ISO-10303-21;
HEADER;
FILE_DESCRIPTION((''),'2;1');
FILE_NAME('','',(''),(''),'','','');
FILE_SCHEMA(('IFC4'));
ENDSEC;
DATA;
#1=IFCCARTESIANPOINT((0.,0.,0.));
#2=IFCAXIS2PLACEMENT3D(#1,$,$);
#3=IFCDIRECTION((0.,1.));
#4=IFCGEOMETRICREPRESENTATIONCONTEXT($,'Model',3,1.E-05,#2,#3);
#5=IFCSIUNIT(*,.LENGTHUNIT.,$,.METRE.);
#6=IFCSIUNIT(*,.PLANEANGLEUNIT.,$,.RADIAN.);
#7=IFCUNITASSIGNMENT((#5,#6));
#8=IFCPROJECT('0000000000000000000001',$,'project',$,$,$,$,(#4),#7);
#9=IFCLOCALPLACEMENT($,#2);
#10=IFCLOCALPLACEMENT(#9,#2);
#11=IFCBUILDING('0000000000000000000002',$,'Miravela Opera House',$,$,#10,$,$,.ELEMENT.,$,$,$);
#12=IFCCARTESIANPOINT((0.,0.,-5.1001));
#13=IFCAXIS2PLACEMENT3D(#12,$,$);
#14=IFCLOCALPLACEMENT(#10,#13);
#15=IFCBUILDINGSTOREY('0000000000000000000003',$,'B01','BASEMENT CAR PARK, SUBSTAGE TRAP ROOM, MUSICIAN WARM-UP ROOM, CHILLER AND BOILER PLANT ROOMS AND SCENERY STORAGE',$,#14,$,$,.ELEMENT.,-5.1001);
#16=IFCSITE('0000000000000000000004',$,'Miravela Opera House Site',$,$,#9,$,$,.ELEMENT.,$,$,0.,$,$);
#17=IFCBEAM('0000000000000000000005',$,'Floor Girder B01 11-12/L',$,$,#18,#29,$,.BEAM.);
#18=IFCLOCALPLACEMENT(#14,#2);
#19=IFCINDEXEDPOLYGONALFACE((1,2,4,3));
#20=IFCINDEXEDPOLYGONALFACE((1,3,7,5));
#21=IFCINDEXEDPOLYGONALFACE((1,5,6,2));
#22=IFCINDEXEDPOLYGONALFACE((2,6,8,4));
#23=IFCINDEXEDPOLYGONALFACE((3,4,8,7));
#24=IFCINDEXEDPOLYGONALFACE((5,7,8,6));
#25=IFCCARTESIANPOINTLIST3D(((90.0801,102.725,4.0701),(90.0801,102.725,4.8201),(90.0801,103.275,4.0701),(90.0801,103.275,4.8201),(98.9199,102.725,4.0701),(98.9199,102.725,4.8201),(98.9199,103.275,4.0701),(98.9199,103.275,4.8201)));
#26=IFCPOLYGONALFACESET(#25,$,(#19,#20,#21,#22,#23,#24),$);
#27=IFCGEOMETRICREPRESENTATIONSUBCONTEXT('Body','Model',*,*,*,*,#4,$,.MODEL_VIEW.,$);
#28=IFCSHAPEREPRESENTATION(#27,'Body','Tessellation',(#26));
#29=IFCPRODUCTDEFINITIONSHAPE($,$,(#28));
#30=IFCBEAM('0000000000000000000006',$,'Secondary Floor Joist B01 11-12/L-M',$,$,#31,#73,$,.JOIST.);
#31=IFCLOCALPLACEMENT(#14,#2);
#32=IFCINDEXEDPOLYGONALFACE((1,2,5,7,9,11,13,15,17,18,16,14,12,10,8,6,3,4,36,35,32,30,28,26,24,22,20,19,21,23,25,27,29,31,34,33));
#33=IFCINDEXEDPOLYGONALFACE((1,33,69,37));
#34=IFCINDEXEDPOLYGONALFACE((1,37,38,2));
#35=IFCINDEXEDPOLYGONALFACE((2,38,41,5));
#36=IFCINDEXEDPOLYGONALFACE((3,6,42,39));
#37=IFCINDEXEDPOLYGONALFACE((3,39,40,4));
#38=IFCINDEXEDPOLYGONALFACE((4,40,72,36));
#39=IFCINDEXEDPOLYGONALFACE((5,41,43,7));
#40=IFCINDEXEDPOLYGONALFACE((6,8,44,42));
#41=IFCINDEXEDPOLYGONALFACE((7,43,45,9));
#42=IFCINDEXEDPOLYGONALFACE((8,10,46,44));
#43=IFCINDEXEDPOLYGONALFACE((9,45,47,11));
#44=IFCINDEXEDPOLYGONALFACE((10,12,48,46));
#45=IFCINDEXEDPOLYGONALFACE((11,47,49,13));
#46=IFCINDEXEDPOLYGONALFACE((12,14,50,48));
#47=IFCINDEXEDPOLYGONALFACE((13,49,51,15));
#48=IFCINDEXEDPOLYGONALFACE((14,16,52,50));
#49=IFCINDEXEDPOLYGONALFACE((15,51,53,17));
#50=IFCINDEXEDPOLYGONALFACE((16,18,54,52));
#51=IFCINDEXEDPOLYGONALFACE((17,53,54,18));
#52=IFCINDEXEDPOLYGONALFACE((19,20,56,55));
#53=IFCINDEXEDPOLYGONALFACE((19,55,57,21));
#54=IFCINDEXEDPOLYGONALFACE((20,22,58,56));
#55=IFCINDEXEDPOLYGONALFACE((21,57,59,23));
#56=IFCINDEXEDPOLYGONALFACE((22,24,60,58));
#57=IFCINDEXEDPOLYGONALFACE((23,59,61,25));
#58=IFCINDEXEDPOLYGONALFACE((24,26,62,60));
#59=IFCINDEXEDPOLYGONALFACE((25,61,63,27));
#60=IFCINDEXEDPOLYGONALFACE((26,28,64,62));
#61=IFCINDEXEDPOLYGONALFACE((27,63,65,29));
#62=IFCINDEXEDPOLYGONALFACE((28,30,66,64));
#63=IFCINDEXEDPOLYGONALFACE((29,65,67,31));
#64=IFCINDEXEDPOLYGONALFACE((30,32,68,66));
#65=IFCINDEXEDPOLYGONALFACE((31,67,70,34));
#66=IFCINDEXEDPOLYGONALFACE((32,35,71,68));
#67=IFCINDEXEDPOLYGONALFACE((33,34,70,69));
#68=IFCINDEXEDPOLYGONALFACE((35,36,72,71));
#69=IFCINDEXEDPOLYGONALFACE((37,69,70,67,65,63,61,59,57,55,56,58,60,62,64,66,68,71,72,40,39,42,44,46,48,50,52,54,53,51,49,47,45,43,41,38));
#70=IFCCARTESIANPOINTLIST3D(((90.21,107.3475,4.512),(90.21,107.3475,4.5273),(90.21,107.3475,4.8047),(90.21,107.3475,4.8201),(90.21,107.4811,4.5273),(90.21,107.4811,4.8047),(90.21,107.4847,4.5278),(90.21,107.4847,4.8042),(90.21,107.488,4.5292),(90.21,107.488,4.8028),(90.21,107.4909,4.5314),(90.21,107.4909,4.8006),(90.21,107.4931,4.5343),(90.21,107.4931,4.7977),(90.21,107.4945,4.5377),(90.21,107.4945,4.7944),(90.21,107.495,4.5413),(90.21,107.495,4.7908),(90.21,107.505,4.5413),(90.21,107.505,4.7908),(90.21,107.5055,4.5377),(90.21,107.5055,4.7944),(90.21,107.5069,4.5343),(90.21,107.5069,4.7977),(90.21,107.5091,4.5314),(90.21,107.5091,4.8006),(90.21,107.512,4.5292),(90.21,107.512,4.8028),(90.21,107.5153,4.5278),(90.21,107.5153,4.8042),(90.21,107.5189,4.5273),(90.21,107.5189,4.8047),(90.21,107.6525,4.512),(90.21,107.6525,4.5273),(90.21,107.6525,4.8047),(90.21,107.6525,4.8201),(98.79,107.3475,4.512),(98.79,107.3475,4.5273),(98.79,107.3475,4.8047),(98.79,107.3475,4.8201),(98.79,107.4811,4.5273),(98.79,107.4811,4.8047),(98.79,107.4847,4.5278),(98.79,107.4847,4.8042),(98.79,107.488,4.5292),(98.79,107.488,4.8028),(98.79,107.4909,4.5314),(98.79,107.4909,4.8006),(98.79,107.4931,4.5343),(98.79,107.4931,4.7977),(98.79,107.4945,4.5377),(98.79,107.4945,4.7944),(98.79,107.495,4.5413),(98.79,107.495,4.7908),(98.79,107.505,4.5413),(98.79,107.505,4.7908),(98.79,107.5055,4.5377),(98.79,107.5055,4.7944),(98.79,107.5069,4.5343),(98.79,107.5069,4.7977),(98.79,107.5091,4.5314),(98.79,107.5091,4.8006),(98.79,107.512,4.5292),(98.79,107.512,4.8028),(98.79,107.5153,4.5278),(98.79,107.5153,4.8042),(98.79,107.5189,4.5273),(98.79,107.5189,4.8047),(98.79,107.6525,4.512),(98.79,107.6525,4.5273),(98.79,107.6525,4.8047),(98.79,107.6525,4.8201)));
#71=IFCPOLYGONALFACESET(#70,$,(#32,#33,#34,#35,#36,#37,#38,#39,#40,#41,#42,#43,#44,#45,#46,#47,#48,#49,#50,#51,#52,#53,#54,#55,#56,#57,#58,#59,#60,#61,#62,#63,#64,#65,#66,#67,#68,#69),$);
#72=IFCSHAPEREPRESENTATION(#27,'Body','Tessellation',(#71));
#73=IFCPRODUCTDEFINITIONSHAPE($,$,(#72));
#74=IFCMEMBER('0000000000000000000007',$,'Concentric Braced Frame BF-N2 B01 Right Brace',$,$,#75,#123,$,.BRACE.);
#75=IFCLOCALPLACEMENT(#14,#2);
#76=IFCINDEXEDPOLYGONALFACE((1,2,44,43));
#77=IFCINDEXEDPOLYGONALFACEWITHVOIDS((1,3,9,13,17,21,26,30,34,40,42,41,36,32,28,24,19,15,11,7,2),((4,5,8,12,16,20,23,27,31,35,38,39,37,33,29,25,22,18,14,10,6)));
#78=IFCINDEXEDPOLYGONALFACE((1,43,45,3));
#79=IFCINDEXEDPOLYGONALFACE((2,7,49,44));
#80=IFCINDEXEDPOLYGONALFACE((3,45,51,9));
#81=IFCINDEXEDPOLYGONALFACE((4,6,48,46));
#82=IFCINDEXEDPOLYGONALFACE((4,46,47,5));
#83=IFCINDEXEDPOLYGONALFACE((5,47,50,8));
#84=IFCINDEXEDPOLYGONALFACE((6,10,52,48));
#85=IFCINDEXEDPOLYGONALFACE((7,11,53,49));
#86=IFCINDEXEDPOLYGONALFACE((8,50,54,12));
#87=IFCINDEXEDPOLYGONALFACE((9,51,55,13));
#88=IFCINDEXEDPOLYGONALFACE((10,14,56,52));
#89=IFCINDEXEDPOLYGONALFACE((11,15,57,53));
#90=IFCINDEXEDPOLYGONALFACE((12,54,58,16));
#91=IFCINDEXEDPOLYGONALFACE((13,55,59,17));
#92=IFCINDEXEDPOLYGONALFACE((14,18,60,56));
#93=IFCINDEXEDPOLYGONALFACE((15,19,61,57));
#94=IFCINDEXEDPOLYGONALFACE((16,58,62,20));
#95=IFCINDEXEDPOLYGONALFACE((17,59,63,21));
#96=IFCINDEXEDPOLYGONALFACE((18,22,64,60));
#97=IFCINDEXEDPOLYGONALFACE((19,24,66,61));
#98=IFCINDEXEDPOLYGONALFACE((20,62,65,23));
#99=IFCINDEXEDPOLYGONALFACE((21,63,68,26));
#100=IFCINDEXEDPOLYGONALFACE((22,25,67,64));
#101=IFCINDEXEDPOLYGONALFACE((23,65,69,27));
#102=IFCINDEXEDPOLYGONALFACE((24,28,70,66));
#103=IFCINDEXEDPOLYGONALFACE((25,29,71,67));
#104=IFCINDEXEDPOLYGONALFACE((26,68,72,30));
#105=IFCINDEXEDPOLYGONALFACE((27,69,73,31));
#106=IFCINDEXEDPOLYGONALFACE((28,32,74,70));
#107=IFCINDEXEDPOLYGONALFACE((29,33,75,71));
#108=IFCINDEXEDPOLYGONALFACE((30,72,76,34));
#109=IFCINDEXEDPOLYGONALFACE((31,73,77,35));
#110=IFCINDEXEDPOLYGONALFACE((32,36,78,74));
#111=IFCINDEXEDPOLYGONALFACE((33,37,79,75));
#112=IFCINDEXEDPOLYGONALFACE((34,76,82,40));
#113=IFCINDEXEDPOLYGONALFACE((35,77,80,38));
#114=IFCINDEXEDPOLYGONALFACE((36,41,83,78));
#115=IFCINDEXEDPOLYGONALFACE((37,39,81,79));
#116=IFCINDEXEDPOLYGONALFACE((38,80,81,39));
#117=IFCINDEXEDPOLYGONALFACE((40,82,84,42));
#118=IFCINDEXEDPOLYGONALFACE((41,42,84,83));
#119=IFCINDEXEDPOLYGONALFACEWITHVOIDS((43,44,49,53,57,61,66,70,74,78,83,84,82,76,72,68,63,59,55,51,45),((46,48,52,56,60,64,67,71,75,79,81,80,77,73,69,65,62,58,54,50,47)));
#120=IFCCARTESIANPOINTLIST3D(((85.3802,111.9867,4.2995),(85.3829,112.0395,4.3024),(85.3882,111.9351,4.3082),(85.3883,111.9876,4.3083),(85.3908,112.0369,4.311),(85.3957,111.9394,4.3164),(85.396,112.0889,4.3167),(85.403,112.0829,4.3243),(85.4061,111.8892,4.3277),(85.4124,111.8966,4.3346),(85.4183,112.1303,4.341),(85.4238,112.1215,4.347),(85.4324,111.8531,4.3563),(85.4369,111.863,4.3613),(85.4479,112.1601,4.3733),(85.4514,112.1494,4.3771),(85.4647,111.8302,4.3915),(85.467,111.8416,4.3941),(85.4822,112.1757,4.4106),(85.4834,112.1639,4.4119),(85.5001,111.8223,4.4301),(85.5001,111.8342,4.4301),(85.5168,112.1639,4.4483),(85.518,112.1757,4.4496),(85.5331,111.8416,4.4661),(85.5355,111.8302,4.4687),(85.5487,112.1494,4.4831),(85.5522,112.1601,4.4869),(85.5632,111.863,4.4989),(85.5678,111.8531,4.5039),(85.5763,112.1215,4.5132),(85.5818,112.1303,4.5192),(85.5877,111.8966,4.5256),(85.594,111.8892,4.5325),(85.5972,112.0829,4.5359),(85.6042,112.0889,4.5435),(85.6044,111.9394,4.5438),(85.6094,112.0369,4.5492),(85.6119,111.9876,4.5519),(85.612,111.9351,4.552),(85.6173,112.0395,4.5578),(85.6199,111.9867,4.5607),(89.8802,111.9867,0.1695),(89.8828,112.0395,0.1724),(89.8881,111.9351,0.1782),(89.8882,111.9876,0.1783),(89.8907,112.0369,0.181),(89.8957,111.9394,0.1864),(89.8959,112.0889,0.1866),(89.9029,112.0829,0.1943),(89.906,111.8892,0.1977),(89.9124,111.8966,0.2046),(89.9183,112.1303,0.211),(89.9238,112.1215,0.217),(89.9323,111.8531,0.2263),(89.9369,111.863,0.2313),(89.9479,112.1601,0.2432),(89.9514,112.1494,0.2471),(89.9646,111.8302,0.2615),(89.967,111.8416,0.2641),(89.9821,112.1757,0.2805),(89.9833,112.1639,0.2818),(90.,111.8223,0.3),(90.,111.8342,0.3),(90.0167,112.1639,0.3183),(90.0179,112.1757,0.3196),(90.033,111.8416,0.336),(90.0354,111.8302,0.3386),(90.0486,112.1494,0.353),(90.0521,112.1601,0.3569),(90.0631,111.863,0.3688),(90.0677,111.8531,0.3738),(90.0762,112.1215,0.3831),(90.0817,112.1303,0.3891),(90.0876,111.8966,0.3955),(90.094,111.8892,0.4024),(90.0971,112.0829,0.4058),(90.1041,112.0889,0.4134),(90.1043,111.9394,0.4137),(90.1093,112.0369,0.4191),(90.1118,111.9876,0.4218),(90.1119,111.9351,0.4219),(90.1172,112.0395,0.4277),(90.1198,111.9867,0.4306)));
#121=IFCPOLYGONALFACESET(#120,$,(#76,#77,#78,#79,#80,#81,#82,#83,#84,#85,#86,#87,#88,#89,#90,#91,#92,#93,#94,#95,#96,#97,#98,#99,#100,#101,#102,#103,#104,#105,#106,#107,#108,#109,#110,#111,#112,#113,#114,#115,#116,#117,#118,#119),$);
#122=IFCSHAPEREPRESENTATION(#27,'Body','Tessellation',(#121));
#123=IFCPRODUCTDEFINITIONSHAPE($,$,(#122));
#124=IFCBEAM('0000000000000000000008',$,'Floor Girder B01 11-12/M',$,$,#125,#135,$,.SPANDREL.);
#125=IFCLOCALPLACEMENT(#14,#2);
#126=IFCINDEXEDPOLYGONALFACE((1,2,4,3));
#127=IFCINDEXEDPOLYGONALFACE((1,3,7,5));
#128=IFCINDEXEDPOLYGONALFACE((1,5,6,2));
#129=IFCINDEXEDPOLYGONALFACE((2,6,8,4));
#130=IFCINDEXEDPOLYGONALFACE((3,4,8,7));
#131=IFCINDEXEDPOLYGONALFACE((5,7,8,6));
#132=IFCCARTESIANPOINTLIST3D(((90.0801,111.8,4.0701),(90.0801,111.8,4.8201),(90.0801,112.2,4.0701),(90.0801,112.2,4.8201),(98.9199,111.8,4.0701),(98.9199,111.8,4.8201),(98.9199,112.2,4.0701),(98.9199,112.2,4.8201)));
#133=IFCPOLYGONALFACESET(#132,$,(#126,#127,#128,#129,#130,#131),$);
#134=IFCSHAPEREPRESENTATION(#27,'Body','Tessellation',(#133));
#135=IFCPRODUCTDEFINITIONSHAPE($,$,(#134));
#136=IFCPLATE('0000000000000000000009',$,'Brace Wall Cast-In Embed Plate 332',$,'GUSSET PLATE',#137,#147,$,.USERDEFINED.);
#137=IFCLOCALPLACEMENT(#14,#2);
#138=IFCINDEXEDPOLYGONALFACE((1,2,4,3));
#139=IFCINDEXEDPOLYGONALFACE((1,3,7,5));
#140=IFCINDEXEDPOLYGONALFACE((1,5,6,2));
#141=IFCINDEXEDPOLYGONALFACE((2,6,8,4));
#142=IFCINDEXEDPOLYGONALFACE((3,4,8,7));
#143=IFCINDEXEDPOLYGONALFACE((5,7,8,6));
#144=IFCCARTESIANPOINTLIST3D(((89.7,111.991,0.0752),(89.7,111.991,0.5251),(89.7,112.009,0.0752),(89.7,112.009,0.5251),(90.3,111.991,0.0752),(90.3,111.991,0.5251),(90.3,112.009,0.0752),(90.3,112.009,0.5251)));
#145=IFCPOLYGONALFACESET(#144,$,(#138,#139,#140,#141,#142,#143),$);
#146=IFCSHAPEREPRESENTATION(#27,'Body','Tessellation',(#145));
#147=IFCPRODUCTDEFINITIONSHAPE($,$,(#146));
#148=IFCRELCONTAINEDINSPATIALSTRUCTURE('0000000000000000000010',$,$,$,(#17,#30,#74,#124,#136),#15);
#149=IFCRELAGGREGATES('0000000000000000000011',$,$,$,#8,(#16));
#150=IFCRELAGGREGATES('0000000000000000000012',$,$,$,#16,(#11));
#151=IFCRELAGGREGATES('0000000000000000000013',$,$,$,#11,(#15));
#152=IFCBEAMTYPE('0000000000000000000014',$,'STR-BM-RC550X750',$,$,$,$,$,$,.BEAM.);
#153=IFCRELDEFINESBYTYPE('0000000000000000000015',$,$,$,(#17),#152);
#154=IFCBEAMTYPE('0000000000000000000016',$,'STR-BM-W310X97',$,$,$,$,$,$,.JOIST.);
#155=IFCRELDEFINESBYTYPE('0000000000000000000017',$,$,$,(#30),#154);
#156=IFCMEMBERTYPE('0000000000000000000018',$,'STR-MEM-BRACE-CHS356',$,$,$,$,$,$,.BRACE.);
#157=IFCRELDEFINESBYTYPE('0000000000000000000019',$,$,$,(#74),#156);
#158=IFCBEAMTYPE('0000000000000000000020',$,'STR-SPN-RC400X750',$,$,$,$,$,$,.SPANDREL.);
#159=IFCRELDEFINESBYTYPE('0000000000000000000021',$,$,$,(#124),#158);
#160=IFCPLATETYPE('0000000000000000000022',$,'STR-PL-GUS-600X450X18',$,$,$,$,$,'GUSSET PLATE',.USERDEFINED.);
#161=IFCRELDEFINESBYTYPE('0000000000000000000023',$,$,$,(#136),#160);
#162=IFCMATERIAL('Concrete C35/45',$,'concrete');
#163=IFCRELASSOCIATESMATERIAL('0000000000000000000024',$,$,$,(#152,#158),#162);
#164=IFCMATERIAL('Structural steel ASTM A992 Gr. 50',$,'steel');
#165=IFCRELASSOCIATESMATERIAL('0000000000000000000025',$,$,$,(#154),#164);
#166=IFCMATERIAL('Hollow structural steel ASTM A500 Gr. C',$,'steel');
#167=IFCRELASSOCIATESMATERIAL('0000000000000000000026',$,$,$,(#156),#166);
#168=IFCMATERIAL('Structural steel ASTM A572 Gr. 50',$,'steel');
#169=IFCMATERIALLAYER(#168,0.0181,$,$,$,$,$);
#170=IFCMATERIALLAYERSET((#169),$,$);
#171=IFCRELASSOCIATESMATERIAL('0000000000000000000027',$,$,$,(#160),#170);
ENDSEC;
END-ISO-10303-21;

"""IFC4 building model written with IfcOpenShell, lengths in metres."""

from ifc_helpers import new_model, si_unit, direction, frame, origin, origin_2d, place, context, subcontext, project, spatial, rectangle, hollow_circle, i_section, extrude, material, layer, layer_set, material_profile, profile_set, type_object, element, save


model = new_model("IFC4")

# Units and contexts
model_context = context("Model", 3, precision=1e-05, world=origin(), true_north=direction((0.0, 1.0)))
body_context = subcontext(model_context, "Body", "Model", "MODEL_VIEW")
ifc_project = project(units=[si_unit("LENGTHUNIT", "METRE"), si_unit("PLANEANGLEUNIT", "RADIAN")], contexts=[model_context])

# Site, building, storey
site_placement = place(None, origin())
site = spatial("IfcSite", under=ifc_project, at=site_placement, Name="Miravela Opera House Site", CompositionType="ELEMENT", RefElevation=0.0)
building_placement = place(site_placement, origin())
building = spatial("IfcBuilding", under=site, at=building_placement, Name="Miravela Opera House", CompositionType="ELEMENT")
storey_placement = place(building_placement, frame((0.0, 0.0, -5.1001)))
storey = spatial("IfcBuildingStorey", under=building, at=storey_placement, Name="B01", Description="BASEMENT CAR PARK, SUBSTAGE TRAP ROOM, MUSICIAN WARM-UP ROOM, CHILLER AND BOILER PLANT ROOMS AND SCENERY STORAGE", CompositionType="ELEMENT", Elevation=-5.1001)

# Shared definitions
ifc_material_1 = material(Name="Concrete C35/45", Category="concrete")

# Beams
ifc_material_profile_1 = material_profile(ifc_material_1, rectangle(XDim=0.55, YDim=0.75, at=origin_2d()), Name="RC-BM-550X750")
ifc_profile_set_1 = profile_set([ifc_material_profile_1])
beam_type_1 = type_object("IfcBeamType", Name="STR-BM-RC550X750", PredefinedType="BEAM", material=ifc_profile_set_1)
beam_1_placement = place(storey_placement, frame((90.0801, 103.0, 4.4451), z_axis=(1.0, 0.0, 0.0), x_axis=(0.0, 1.0, 0.0)))
element("IfcBeam", 1, at=beam_1_placement, inside=storey, type_object=beam_type_1, Name="Floor Girder B01 11-12/L", PredefinedType="BEAM", context=body_context, shape_type="SweptSolid", body=[
    extrude(rectangle(XDim=0.55, YDim=0.75, at=origin_2d()), origin(), (0.0, 0.0, 1.0), 8.8398),
])
ifc_material_2 = material(Name="Structural steel ASTM A992 Gr. 50", Category="steel")
ifc_material_profile_2 = material_profile(ifc_material_2, i_section(OverallWidth=0.3049, OverallDepth=0.3081, WebThickness=0.01, FlangeThickness=0.0154, FilletRadius=0.0139, at=origin_2d()), Name="W310X97")
ifc_profile_set_2 = profile_set([ifc_material_profile_2])
beam_type_2 = type_object("IfcBeamType", Name="STR-BM-W310X97", PredefinedType="JOIST", material=ifc_profile_set_2)
beam_2_placement = place(storey_placement, frame((90.21, 107.5, 4.666), z_axis=(1.0, 0.0, 0.0), x_axis=(0.0, 1.0, 0.0)))
element("IfcBeam", 2, at=beam_2_placement, inside=storey, type_object=beam_type_2, Name="Secondary Floor Joist B01 11-12/L-M", PredefinedType="JOIST", context=body_context, shape_type="SweptSolid", body=[
    extrude(i_section(OverallWidth=0.3049, OverallDepth=0.3081, WebThickness=0.01, FlangeThickness=0.0154, FilletRadius=0.0139, at=origin_2d()), origin(), (0.0, 0.0, 1.0), 8.5801),
])

# Member
ifc_material_3 = material(Name="Hollow structural steel ASTM A500 Gr. C", Category="steel")
ifc_material_profile_3 = material_profile(ifc_material_3, hollow_circle(Radius=0.1777, WallThickness=0.012, at=origin_2d()), Name="CHS356X12")
ifc_profile_set_3 = profile_set([ifc_material_profile_3])
member_type = type_object("IfcMemberType", Name="STR-MEM-BRACE-CHS356", PredefinedType="BRACE", material=ifc_profile_set_3)
member_placement = place(storey_placement, frame((90.0, 112.0, 0.3), z_axis=(-0.736736, 0.0, 0.676181), x_axis=(0.0, -1.0, 0.0)))
element("IfcMember", 3, at=member_placement, inside=storey, type_object=member_type, Name="Concentric Braced Frame BF-N2 B01 Right Brace", PredefinedType="BRACE", context=body_context, shape_type="SweptSolid", body=[
    extrude(hollow_circle(Radius=0.1777, WallThickness=0.012, at=origin_2d()), origin(), (0.0, 0.0, 1.0), 6.1079),
])

# Beam
ifc_material_profile_4 = material_profile(ifc_material_1, rectangle(XDim=0.3999, YDim=0.75, at=origin_2d()), Name="RC-SPN-400X750")
ifc_profile_set_4 = profile_set([ifc_material_profile_4])
beam_type_3 = type_object("IfcBeamType", Name="STR-SPN-RC400X750", PredefinedType="SPANDREL", material=ifc_profile_set_4)
beam_3_placement = place(storey_placement, frame((90.0801, 112.0, 4.4451), z_axis=(1.0, 0.0, 0.0), x_axis=(0.0, 1.0, 0.0)))
element("IfcBeam", 4, at=beam_3_placement, inside=storey, type_object=beam_type_3, Name="Floor Girder B01 11-12/M", PredefinedType="SPANDREL", context=body_context, shape_type="SweptSolid", body=[
    extrude(rectangle(XDim=0.3999, YDim=0.75, at=origin_2d()), origin(), (0.0, 0.0, 1.0), 8.8398),
])

# Plate
ifc_material_4 = material(Name="Structural steel ASTM A572 Gr. 50", Category="steel")
ifc_layer = layer(ifc_material_4, 0.0181)
ifc_layer_set = layer_set([ifc_layer])
plate_type = type_object("IfcPlateType", Name="STR-PL-GUS-600X450X18", ElementType="GUSSET PLATE", PredefinedType="USERDEFINED", material=ifc_layer_set)
plate_placement = place(storey_placement, frame((90.0, 112.0, 0.0752), z_axis=(0.0, 0.0, 1.0), x_axis=(1.0, 0.0, 0.0)))
element("IfcPlate", 5, at=plate_placement, inside=storey, type_object=plate_type, Name="Brace Wall Cast-In Embed Plate 332", ObjectType="GUSSET PLATE", PredefinedType="USERDEFINED", context=body_context, shape_type="SweptSolid", body=[
    extrude(rectangle(XDim=0.6001, YDim=0.0181, at=origin_2d()), origin(), (0.0, 0.0, 1.0), 0.45),
])

save(model, "model.ifc")
